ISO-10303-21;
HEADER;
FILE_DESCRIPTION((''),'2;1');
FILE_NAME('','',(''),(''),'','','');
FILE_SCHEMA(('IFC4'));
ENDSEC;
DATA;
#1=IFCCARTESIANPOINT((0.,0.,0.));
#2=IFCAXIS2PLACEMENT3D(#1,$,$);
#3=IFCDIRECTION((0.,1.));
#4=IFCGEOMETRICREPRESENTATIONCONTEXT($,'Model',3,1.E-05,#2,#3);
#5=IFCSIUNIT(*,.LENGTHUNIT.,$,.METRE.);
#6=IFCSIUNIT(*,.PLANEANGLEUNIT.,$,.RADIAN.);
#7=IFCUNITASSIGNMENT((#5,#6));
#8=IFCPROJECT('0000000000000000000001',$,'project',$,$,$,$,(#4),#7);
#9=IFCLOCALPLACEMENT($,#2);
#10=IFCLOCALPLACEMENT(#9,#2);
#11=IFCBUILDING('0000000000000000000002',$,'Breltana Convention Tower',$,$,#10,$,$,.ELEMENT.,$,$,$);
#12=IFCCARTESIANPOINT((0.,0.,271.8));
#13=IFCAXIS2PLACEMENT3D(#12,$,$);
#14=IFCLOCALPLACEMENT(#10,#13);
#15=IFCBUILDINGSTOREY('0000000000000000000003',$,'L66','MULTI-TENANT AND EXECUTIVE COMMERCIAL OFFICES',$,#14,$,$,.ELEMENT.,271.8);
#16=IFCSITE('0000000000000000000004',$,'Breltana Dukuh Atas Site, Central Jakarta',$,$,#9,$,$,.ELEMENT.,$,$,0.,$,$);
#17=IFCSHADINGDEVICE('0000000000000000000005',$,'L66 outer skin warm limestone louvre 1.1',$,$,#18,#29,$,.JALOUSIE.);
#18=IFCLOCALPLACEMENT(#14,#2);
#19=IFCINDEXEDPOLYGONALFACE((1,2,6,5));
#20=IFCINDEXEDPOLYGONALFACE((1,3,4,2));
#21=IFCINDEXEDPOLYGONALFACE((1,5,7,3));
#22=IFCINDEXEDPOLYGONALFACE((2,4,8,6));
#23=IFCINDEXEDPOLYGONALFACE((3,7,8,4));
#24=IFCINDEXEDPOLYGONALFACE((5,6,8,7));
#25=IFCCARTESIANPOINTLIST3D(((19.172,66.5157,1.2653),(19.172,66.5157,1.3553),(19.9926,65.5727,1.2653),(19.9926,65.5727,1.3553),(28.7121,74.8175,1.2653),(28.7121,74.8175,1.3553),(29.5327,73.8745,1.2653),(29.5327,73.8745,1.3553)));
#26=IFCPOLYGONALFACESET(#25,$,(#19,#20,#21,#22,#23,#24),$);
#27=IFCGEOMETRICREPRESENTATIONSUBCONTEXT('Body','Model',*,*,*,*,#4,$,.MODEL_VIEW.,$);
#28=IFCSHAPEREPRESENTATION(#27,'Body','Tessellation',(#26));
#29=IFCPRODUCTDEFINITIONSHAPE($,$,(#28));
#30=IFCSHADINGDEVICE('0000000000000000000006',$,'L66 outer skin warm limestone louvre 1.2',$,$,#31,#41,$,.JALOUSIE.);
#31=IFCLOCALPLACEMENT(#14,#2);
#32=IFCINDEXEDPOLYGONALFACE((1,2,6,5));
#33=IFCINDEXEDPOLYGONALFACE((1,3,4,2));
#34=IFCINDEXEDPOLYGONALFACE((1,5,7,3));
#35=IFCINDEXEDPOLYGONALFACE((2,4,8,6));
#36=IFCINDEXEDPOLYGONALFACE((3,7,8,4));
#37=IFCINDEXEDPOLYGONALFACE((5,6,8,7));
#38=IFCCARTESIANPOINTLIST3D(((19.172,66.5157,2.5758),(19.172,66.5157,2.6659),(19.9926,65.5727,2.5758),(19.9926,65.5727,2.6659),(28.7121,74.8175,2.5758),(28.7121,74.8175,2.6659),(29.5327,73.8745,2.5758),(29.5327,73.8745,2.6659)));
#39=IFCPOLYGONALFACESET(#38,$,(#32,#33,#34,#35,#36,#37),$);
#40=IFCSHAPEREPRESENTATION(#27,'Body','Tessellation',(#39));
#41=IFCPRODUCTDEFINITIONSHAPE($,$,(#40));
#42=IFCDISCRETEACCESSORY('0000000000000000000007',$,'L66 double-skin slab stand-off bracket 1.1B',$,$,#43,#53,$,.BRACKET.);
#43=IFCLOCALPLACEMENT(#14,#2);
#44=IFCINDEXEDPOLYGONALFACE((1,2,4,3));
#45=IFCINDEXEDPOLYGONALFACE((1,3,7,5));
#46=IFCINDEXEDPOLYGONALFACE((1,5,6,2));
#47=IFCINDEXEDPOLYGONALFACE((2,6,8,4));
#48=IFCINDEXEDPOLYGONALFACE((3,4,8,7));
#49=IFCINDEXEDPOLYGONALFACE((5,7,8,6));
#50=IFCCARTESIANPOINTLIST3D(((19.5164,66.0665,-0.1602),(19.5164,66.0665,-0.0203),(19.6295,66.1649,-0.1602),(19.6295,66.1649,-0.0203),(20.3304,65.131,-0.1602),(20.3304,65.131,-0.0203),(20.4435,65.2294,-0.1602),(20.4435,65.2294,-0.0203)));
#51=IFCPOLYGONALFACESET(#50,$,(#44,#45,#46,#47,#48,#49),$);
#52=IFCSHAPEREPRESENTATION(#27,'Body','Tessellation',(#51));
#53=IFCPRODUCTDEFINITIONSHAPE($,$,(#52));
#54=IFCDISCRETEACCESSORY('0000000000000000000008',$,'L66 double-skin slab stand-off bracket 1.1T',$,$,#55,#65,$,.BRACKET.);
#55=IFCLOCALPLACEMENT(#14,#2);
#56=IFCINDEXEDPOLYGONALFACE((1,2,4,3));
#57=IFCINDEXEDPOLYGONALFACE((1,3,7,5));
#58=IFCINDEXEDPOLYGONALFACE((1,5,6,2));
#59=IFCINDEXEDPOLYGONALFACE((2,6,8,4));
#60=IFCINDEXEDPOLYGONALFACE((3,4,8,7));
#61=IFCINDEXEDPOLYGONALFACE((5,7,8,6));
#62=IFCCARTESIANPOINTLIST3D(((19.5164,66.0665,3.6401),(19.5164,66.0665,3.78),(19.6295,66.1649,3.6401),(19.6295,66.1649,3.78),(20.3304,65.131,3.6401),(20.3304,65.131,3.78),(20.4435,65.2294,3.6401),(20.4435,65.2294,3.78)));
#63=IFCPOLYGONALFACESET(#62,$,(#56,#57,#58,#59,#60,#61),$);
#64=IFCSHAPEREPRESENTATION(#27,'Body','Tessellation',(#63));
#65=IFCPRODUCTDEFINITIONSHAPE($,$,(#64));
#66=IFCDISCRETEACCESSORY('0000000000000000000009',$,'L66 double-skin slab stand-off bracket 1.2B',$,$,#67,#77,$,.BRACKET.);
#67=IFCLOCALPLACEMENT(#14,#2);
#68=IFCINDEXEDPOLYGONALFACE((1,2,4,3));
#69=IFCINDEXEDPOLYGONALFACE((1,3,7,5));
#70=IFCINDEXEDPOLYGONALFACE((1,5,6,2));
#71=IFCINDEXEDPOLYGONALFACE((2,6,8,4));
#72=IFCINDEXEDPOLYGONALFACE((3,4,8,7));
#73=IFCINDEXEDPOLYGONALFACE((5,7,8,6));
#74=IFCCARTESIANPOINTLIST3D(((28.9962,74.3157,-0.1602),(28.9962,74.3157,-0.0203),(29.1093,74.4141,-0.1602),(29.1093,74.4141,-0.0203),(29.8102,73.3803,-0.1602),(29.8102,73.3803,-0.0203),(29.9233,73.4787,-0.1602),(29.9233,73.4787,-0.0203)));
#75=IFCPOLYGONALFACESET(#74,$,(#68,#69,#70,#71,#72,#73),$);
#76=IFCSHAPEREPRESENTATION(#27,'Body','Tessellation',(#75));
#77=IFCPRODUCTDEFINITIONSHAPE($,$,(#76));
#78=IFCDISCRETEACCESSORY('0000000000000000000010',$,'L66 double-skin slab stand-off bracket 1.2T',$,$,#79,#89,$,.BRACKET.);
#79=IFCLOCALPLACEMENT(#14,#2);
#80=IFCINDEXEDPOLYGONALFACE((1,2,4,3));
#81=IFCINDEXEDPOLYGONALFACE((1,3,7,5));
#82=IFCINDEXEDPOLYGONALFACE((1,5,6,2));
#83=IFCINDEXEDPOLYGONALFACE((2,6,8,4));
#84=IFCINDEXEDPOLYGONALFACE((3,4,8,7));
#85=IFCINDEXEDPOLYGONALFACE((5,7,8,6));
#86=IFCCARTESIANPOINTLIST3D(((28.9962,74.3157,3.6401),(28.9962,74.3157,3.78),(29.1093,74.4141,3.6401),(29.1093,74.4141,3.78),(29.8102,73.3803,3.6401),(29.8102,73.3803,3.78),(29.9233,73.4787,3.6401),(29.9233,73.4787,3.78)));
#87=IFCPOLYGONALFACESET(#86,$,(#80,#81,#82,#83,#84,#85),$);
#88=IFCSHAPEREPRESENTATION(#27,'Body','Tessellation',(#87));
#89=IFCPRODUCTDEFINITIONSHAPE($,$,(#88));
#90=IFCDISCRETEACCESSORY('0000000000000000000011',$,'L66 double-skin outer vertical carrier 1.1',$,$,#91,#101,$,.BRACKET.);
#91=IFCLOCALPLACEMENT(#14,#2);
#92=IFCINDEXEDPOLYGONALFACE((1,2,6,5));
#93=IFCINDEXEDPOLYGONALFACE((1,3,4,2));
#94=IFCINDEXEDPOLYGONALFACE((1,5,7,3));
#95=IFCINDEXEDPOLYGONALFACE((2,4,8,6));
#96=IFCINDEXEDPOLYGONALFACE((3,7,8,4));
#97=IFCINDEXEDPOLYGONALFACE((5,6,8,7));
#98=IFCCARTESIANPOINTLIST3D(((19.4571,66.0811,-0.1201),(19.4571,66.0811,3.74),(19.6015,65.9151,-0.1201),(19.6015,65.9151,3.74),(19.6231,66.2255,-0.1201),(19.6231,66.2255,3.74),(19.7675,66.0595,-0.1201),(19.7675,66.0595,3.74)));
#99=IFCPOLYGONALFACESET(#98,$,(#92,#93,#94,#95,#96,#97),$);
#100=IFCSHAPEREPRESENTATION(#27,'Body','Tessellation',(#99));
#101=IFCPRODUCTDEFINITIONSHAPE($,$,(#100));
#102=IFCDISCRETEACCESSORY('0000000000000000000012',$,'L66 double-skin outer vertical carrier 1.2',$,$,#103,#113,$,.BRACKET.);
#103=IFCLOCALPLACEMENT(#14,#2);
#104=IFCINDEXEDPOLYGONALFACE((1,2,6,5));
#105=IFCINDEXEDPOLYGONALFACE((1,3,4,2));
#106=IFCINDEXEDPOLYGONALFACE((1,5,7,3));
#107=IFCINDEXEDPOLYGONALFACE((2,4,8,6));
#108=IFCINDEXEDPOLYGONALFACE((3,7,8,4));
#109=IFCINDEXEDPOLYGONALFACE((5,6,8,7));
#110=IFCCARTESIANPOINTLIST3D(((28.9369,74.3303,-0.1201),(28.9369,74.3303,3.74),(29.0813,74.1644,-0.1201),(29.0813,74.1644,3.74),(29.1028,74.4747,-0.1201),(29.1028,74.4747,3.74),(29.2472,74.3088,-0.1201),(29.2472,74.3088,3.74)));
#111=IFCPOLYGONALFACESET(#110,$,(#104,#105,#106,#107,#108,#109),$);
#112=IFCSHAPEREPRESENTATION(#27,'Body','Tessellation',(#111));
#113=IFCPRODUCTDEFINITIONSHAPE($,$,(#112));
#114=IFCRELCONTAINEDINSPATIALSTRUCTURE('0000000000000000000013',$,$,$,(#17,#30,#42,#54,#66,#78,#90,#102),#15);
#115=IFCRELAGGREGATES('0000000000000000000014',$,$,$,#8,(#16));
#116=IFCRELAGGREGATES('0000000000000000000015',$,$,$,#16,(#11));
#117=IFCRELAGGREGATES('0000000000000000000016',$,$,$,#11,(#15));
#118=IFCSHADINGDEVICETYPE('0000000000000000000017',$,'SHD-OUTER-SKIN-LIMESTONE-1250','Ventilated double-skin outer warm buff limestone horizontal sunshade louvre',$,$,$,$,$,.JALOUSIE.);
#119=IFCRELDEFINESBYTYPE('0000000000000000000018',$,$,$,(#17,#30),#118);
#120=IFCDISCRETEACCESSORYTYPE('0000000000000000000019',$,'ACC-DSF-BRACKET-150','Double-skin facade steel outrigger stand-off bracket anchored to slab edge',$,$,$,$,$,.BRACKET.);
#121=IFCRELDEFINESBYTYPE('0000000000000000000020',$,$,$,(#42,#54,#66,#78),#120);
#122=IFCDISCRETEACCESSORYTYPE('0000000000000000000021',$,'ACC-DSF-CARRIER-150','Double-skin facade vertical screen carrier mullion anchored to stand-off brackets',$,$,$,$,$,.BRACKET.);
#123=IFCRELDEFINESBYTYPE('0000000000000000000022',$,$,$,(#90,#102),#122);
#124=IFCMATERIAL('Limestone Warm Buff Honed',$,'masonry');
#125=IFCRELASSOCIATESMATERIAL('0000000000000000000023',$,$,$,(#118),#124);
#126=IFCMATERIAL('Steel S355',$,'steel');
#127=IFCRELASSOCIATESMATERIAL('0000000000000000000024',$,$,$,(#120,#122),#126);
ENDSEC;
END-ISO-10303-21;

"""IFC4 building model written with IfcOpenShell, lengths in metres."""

from ifc_helpers import new_model, si_unit, direction, frame, origin, origin_2d, place, context, subcontext, project, spatial, rectangle, extrude, source, transform, mapped, material, material_profile, profile_set, type_object, type_shapes, element, save


model = new_model("IFC4")

# Units and contexts
model_context = context("Model", 3, precision=1e-05, world=origin(), true_north=direction((0.0, 1.0)))
body_context = subcontext(model_context, "Body", "Model", "MODEL_VIEW")
ifc_project = project(units=[si_unit("LENGTHUNIT", "METRE"), si_unit("PLANEANGLEUNIT", "RADIAN")], contexts=[model_context])

# Site, building, storey
site_placement = place(None, origin())
site = spatial("IfcSite", under=ifc_project, at=site_placement, Name="Breltana Dukuh Atas Site, Central Jakarta", CompositionType="ELEMENT", RefElevation=0.0)
building_placement = place(site_placement, origin())
building = spatial("IfcBuilding", under=site, at=building_placement, Name="Breltana Convention Tower", CompositionType="ELEMENT")
storey_placement = place(building_placement, frame((0.0, 0.0, 271.8)))
storey = spatial("IfcBuildingStorey", under=building, at=storey_placement, Name="L66", Description="MULTI-TENANT AND EXECUTIVE COMMERCIAL OFFICES", CompositionType="ELEMENT", Elevation=271.8)

# Shading devices
ifc_material_1 = material(Name="Limestone Warm Buff Honed", Category="masonry")
ifc_material_profile_1 = material_profile(ifc_material_1, rectangle(XDim=1.25, YDim=0.0901, at=origin_2d()), Name="STN-LVR-1250X90")
ifc_profile_set_1 = profile_set([ifc_material_profile_1], Name="Limestone Warm Buff Honed")
shading_device_type = type_object("IfcShadingDeviceType", Name="SHD-OUTER-SKIN-LIMESTONE-1250", Description="Ventilated double-skin outer warm buff limestone horizontal sunshade louvre", PredefinedType="JALOUSIE", material=ifc_profile_set_1)
shared_shape_1 = source(origin(), body_context, "Body", "SweptSolid", [
    extrude(rectangle(XDim=1.25, YDim=0.0901, at=origin_2d()), origin(), (0.0, 0.0, 1.0), 12.6465),
])
for number, where, z_axis, x_axis, name in (
    (1, (19.5823, 66.0442, 1.3103), (0.754368, 0.656452, 0.0), (-0.656452, 0.754368, 0.0), "L66 outer skin warm limestone louvre 1.1"),
    (2, (19.5823, 66.0442, 2.6208), (0.754368, 0.656452, 0.0), (-0.656452, 0.754368, 0.0), "L66 outer skin warm limestone louvre 1.2"),
):
    element("IfcShadingDevice", number, at=place(storey_placement, frame(where, z_axis=z_axis, x_axis=x_axis)), inside=storey, type_object=shading_device_type, Name=name, PredefinedType="JALOUSIE", context=body_context, shape_type="MappedRepresentation", body=[
        mapped(shared_shape_1, transform((0.0, 0.0, 0.0), scale=1.0)),
    ])

# Discrete accessories
ifc_material_2 = material(Name="Steel S355", Category="steel")
discrete_accessory_type_1 = type_object("IfcDiscreteAccessoryType", Name="ACC-DSF-BRACKET-150", Description="Double-skin facade steel outrigger stand-off bracket anchored to slab edge", PredefinedType="BRACKET", material=ifc_material_2)
shared_shape_2 = source(origin(), body_context, "Body", "SweptSolid", [
    extrude(rectangle(XDim=1.24, YDim=0.1499, at=origin_2d()), origin(), (0.0, 0.0, 1.0), 0.1399),
])
type_shapes(discrete_accessory_type_1, [shared_shape_2])
for number, where, z_axis, x_axis, name in (
    (3, (19.98, 65.6479, -0.1602), (0.0, 0.0, 1.0), (-0.656454, 0.754366, 0.0), "L66 double-skin slab stand-off bracket 1.1B"),
    (4, (19.98, 65.6479, 3.6401), (0.0, 0.0, 1.0), (-0.656454, 0.754366, 0.0), "L66 double-skin slab stand-off bracket 1.1T"),
    (5, (29.4597, 73.8972, -0.1602), (0.0, 0.0, 1.0), (-0.656454, 0.754366, 0.0), "L66 double-skin slab stand-off bracket 1.2B"),
    (6, (29.4597, 73.8972, 3.6401), (0.0, 0.0, 1.0), (-0.656454, 0.754366, 0.0), "L66 double-skin slab stand-off bracket 1.2T"),
):
    element("IfcDiscreteAccessory", number, at=place(storey_placement, frame(where, z_axis=z_axis, x_axis=x_axis)), inside=storey, type_object=discrete_accessory_type_1, Name=name, PredefinedType="BRACKET", context=body_context, shape_type="MappedRepresentation", body=[
        mapped(shared_shape_2, transform((0.0, 0.0, 0.0), scale=1.0)),
    ])
discrete_accessory_type_2 = type_object("IfcDiscreteAccessoryType", Name="ACC-DSF-CARRIER-150", Description="Double-skin facade vertical screen carrier mullion anchored to stand-off brackets", PredefinedType="BRACKET", material=ifc_material_2)
shared_shape_3 = source(origin(), body_context, "Body", "SweptSolid", [
    extrude(rectangle(XDim=0.22, YDim=0.22, at=origin_2d()), origin(), (0.0, 0.0, 1.0), 3.8601),
])
for number, where, z_axis, x_axis, name in (
    (7, (19.6123, 66.0703, -0.1201), (0.0, 0.0, 1.0), (-0.656454, 0.754366, 0.0), "L66 double-skin outer vertical carrier 1.1"),
    (8, (29.092, 74.3196, -0.1201), (0.0, 0.0, 1.0), (-0.656454, 0.754366, 0.0), "L66 double-skin outer vertical carrier 1.2"),
):
    element("IfcDiscreteAccessory", number, at=place(storey_placement, frame(where, z_axis=z_axis, x_axis=x_axis)), inside=storey, type_object=discrete_accessory_type_2, Name=name, PredefinedType="BRACKET", context=body_context, shape_type="MappedRepresentation", body=[
        mapped(shared_shape_3, transform((0.0, 0.0, 0.0), scale=1.0)),
    ])

save(model, "model.ifc")
